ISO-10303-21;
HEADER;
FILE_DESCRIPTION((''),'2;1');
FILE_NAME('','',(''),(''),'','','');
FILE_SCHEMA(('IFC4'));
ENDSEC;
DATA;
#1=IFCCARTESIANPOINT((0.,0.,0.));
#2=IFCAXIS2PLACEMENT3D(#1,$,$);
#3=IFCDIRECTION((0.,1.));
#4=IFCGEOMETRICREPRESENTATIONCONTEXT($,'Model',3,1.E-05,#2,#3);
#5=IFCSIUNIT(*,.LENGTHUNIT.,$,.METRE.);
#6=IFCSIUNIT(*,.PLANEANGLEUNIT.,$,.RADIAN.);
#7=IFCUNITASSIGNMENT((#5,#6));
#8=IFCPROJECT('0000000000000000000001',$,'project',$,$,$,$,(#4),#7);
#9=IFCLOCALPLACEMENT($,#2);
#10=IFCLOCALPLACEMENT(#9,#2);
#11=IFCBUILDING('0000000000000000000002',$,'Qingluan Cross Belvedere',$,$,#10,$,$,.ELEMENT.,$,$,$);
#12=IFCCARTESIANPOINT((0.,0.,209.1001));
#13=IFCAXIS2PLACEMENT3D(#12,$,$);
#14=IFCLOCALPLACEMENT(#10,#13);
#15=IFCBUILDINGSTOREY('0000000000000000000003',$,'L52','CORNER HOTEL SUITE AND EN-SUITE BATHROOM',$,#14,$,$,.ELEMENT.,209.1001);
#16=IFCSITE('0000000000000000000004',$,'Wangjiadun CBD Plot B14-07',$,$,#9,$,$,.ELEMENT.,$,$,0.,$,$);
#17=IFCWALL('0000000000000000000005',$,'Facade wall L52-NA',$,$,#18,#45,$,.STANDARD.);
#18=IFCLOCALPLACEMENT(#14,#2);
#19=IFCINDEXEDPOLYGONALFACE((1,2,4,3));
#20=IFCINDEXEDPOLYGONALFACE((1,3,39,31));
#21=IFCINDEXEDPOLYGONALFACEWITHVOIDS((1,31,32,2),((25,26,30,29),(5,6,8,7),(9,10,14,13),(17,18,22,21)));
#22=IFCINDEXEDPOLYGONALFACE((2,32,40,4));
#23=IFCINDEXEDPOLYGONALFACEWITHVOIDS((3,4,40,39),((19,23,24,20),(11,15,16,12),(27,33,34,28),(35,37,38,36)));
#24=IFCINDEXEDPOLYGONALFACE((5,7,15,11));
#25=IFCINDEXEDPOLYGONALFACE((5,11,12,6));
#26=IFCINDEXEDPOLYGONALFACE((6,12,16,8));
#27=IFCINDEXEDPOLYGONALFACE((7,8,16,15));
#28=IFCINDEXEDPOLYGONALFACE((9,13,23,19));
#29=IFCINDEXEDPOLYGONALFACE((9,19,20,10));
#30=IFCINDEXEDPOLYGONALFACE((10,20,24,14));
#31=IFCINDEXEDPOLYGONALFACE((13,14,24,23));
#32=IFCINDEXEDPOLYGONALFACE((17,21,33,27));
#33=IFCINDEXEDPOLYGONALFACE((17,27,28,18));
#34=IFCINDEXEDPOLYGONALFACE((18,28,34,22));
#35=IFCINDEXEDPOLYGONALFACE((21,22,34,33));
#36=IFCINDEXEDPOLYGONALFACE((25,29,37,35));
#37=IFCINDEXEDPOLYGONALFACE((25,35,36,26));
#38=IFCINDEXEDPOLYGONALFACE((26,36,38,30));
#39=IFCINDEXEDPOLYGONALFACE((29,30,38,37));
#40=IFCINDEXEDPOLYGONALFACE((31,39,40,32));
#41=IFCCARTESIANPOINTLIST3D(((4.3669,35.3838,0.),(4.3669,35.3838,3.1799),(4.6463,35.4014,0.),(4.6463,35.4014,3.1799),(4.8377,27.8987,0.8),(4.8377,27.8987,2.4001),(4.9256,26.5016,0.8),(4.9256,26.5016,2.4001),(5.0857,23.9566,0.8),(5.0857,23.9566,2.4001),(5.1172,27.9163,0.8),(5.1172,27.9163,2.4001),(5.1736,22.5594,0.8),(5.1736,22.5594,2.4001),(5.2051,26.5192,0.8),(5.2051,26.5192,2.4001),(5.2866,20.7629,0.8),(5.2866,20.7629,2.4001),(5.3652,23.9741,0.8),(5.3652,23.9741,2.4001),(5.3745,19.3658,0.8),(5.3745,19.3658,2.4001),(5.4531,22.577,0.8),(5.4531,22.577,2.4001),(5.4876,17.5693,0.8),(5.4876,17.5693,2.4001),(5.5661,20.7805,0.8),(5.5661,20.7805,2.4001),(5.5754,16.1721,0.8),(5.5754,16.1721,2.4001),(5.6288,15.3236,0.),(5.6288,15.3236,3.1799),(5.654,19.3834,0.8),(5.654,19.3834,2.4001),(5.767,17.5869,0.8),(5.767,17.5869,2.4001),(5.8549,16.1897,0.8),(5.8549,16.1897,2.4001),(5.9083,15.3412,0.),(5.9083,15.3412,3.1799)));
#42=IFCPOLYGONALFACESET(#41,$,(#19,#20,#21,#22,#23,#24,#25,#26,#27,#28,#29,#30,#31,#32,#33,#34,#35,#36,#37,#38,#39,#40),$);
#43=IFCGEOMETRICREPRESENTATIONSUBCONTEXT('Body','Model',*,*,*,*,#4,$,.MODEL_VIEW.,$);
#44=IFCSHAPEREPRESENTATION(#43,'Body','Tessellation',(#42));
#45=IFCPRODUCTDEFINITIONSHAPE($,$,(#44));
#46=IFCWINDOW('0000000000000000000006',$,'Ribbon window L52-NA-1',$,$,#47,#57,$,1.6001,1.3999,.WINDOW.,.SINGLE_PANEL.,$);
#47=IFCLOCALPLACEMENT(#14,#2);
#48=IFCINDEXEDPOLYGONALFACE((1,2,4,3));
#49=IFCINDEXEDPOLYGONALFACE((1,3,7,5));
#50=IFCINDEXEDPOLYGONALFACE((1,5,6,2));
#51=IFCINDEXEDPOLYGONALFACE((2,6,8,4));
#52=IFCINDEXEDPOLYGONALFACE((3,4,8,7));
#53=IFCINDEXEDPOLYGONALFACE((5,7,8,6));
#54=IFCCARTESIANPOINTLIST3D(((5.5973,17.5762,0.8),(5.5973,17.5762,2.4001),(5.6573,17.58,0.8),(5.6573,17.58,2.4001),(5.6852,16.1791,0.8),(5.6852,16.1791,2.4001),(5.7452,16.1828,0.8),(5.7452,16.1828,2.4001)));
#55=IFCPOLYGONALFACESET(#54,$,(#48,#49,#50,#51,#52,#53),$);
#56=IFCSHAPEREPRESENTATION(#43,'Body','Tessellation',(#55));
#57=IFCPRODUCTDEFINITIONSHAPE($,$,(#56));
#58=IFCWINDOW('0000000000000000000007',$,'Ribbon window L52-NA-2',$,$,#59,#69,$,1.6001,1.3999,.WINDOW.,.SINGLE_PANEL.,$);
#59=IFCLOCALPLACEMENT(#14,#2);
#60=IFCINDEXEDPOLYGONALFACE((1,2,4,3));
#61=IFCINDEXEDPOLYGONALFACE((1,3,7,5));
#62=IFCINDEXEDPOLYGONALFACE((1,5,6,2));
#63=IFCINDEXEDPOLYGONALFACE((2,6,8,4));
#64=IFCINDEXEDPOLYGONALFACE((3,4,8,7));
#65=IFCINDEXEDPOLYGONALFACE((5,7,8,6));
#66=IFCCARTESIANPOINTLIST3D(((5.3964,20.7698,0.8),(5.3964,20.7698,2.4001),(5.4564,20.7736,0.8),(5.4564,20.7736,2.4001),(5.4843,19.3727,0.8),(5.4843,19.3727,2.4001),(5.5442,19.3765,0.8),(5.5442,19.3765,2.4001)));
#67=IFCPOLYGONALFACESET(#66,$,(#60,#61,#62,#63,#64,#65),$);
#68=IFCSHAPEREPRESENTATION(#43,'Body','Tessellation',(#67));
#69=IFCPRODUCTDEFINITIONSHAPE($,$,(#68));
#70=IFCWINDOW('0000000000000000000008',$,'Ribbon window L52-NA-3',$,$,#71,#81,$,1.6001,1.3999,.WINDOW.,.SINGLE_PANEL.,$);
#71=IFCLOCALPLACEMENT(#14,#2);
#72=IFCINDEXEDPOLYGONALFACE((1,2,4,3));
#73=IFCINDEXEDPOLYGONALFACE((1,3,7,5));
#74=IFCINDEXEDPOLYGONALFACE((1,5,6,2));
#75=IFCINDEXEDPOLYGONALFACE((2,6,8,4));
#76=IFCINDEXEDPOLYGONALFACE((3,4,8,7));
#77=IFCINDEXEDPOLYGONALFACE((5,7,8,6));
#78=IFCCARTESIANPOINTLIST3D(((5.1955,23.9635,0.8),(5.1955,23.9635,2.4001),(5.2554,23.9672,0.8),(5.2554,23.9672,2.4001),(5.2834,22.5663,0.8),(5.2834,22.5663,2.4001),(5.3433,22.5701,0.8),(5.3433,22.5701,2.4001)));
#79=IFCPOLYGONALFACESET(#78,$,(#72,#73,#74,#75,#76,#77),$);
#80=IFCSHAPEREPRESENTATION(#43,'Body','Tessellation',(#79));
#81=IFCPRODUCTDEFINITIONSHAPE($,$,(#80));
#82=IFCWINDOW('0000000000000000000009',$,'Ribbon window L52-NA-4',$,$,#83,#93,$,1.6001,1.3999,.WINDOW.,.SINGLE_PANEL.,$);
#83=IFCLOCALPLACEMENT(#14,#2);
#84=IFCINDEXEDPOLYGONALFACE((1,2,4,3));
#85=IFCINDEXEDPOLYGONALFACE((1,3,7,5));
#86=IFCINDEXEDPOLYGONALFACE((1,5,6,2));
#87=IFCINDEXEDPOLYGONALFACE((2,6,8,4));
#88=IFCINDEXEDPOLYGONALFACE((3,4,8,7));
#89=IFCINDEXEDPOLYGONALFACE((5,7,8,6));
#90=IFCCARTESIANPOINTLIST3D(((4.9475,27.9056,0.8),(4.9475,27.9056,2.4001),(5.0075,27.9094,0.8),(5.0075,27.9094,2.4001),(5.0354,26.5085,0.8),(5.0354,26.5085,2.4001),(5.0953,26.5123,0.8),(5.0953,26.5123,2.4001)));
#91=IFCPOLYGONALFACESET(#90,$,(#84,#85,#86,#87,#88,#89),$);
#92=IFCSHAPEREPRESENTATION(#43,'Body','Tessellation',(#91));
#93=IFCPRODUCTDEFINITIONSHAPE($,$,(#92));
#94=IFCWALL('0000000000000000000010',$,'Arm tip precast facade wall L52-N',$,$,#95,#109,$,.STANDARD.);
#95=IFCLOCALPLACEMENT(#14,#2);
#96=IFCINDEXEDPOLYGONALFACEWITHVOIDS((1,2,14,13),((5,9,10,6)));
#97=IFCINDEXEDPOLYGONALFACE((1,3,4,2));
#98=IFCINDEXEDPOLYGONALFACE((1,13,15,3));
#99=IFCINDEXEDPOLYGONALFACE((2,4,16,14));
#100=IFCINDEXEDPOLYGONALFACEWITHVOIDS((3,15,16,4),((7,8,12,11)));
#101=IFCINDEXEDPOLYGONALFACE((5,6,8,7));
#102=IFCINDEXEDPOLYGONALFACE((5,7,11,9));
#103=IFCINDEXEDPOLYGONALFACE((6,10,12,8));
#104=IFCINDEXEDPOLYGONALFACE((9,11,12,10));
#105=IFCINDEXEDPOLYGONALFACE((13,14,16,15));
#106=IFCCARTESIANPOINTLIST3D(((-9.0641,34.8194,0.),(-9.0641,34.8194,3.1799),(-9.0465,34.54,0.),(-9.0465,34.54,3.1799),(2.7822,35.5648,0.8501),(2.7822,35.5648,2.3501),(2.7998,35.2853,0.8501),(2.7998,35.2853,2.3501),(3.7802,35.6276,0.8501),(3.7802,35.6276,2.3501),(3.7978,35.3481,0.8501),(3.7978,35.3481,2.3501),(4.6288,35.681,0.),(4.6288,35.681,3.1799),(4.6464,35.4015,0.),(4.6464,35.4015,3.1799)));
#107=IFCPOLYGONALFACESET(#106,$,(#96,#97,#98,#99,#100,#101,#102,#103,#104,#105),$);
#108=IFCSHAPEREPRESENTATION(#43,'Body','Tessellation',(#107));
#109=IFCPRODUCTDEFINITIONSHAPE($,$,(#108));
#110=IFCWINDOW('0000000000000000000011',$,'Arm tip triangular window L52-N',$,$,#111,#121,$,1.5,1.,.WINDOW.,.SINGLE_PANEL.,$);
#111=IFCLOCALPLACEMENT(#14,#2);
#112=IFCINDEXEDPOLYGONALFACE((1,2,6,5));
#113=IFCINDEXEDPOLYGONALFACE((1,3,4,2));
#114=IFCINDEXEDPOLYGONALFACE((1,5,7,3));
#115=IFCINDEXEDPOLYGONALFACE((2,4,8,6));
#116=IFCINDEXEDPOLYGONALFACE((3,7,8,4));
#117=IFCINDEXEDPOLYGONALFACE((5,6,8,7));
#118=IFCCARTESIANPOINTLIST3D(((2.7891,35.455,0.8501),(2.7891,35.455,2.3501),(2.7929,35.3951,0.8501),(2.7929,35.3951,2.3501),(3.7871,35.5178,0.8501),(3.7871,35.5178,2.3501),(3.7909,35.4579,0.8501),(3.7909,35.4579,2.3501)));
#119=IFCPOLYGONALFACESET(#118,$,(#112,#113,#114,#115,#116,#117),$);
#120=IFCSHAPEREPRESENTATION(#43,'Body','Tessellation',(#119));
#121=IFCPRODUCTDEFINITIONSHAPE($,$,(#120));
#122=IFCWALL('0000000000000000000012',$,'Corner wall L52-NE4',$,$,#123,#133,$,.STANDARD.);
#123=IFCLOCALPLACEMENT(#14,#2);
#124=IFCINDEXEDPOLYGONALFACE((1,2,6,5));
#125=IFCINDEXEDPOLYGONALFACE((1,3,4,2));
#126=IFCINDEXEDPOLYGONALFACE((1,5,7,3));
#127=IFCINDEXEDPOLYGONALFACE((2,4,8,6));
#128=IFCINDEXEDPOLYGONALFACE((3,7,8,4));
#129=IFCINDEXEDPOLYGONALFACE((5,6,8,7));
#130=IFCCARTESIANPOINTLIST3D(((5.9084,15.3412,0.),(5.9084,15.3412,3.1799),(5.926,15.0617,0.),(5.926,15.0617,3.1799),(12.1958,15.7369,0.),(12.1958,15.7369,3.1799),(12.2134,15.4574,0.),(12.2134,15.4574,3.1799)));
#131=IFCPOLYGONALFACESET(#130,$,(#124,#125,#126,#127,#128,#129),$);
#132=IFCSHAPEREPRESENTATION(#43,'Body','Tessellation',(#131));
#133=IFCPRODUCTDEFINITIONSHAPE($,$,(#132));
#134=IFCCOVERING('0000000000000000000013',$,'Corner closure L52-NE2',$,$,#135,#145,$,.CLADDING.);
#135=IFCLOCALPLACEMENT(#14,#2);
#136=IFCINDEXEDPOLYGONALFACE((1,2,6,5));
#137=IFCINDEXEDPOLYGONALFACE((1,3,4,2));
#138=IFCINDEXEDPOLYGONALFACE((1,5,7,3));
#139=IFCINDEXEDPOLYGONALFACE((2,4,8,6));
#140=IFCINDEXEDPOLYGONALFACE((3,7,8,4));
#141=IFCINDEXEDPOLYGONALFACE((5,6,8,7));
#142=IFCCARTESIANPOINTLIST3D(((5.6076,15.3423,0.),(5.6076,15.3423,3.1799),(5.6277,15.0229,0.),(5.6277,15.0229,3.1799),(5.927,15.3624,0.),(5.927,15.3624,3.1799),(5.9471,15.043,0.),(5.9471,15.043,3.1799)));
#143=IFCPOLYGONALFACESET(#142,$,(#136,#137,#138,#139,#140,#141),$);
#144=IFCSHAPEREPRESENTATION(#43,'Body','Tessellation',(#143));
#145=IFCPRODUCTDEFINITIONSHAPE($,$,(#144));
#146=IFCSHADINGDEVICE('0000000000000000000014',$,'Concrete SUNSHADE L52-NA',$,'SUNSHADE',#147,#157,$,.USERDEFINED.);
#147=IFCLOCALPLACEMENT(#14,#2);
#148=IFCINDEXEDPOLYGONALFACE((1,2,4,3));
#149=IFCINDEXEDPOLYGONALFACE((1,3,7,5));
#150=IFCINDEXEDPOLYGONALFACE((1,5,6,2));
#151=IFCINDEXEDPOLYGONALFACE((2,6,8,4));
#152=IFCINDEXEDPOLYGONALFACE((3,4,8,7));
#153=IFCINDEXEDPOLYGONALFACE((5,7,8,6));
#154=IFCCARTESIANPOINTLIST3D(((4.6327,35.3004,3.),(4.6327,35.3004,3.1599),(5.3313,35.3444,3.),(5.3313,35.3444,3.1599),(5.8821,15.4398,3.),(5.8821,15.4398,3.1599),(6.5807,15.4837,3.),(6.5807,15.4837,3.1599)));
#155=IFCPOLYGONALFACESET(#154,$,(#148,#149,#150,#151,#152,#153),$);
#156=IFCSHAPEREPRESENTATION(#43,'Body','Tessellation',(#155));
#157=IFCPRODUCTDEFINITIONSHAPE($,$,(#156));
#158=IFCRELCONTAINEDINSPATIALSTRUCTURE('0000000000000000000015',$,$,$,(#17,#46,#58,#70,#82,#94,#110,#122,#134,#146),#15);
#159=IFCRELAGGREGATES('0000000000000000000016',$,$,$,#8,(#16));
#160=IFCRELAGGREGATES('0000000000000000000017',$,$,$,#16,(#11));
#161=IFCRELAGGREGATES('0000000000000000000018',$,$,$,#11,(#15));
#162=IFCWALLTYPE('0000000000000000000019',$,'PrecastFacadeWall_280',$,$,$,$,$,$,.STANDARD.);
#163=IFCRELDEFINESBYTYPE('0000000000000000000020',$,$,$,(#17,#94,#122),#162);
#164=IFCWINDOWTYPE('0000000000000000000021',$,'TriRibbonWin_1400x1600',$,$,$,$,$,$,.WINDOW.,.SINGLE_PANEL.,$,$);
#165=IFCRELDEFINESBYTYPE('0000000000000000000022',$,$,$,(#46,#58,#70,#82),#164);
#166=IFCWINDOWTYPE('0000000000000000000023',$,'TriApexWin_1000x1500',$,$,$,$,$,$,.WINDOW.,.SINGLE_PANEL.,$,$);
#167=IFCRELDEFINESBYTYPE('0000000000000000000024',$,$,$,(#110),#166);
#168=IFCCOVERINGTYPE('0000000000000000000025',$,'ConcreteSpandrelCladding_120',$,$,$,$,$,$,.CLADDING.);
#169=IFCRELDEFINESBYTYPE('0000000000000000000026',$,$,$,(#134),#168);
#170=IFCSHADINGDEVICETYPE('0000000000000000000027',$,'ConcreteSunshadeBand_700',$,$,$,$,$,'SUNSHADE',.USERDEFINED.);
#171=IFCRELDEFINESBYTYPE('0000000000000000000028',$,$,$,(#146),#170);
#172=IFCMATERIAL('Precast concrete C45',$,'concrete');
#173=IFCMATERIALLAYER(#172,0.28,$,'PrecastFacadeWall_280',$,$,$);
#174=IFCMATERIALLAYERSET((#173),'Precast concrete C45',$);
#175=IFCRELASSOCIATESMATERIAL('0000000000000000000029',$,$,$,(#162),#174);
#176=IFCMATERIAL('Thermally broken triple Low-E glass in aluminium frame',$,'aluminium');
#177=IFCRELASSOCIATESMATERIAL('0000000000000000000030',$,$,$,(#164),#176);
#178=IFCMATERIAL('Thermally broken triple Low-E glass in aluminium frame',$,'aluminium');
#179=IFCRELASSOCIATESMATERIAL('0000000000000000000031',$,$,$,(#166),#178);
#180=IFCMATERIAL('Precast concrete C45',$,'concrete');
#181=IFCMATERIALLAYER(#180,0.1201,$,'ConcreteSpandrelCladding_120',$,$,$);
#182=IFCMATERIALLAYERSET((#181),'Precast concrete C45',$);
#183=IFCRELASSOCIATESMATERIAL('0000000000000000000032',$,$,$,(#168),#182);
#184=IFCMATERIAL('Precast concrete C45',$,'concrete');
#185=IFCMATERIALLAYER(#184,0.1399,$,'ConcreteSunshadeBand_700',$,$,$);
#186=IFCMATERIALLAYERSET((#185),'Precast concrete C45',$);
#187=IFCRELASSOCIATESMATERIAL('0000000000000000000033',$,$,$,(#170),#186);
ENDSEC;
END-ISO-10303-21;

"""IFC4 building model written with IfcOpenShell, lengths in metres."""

from ifc_helpers import new_model, si_unit, direction, frame, frame_2d, origin, origin_2d, place, context, subcontext, project, spatial, rectangle, extrude, material, layer, layer_set, type_object, element, fill, save


model = new_model("IFC4")

# Units and contexts
model_context = context("Model", 3, precision=1e-05, world=origin(), true_north=direction((0.0, 1.0)))
body_context = subcontext(model_context, "Body", "Model", "MODEL_VIEW")
ifc_project = project(units=[si_unit("LENGTHUNIT", "METRE"), si_unit("PLANEANGLEUNIT", "RADIAN")], contexts=[model_context])

# Site, building, storey
site_placement = place(None, origin())
site = spatial("IfcSite", under=ifc_project, at=site_placement, Name="Wangjiadun CBD Plot B14-07", CompositionType="ELEMENT", RefElevation=0.0)
building_placement = place(site_placement, origin())
building = spatial("IfcBuilding", under=site, at=building_placement, Name="Qingluan Cross Belvedere", CompositionType="ELEMENT")
storey_placement = place(building_placement, frame((0.0, 0.0, 209.1001)))
storey = spatial("IfcBuildingStorey", under=building, at=storey_placement, Name="L52", Description="CORNER HOTEL SUITE AND EN-SUITE BATHROOM", CompositionType="ELEMENT", Elevation=209.1001)

# Wall, openings, windows
ifc_material_1 = material(Name="Precast concrete C45", Category="concrete")
ifc_layer_1 = layer(ifc_material_1, 0.28, Name="PrecastFacadeWall_280")
ifc_layer_set_1 = layer_set([ifc_layer_1], Name="Precast concrete C45")
wall_type_1 = type_object("IfcWallType", Name="PrecastFacadeWall_280", PredefinedType="STANDARD", material=ifc_layer_set_1)
wall_1_placement = place(storey_placement, frame((5.7686, 15.3325, 0.0), z_axis=(0.0, 0.0, 1.0), x_axis=(-0.062784, 0.998027, 0.0)))
wall_1 = element("IfcWall", 1, at=wall_1_placement, inside=storey, type_object=wall_type_1, Name="Facade wall L52-NA", PredefinedType="STANDARD", context=body_context, shape_type="SweptSolid", body=[
    extrude(rectangle(XDim=20.0999, YDim=0.28, at=frame_2d((10.0498, 0.0))), origin(), (0.0, 0.0, 1.0), 3.1799),
])
opening_1_placement = place(wall_1_placement, frame((0.8501, 0.0, 0.8)))
opening_1 = element("IfcOpeningElement", 2, at=opening_1_placement, cuts=wall_1, PredefinedType="OPENING", context=body_context, shape_type="SweptSolid", body=[
    extrude(rectangle(XDim=1.3999, YDim=1.6001, at=frame_2d((0.7, 0.8))), frame((0.0, 0.1499, 0.0), z_axis=(0.0, -1.0, 0.0), x_axis=(1.0, 0.0, 0.0)), (0.0, 0.0, 1.0), 0.3),
])
opening_2_placement = place(wall_1_placement, frame((4.05, 0.0, 0.8)))
opening_2 = element("IfcOpeningElement", 3, at=opening_2_placement, cuts=wall_1, PredefinedType="OPENING", context=body_context, shape_type="SweptSolid", body=[
    extrude(rectangle(XDim=1.3999, YDim=1.6001, at=frame_2d((0.7, 0.8))), frame((0.0, 0.1499, 0.0), z_axis=(0.0, -1.0, 0.0), x_axis=(1.0, 0.0, 0.0)), (0.0, 0.0, 1.0), 0.3),
])
opening_3_placement = place(wall_1_placement, frame((7.25, 0.0, 0.8)))
opening_3 = element("IfcOpeningElement", 4, at=opening_3_placement, cuts=wall_1, PredefinedType="OPENING", context=body_context, shape_type="SweptSolid", body=[
    extrude(rectangle(XDim=1.3999, YDim=1.6001, at=frame_2d((0.7, 0.8))), frame((0.0, 0.1499, 0.0), z_axis=(0.0, -1.0, 0.0), x_axis=(1.0, 0.0, 0.0)), (0.0, 0.0, 1.0), 0.3),
])
opening_4_placement = place(wall_1_placement, frame((11.2, 0.0, 0.8)))
opening_4 = element("IfcOpeningElement", 5, at=opening_4_placement, cuts=wall_1, PredefinedType="OPENING", context=body_context, shape_type="SweptSolid", body=[
    extrude(rectangle(XDim=1.3999, YDim=1.6001, at=frame_2d((0.7, 0.8))), frame((0.0, 0.1499, 0.0), z_axis=(0.0, -1.0, 0.0), x_axis=(1.0, 0.0, 0.0)), (0.0, 0.0, 1.0), 0.3),
])
ifc_material_2 = material(Name="Thermally broken triple Low-E glass in aluminium frame", Category="aluminium")
window_type_1 = type_object("IfcWindowType", Name="TriRibbonWin_1400x1600", PartitioningType="SINGLE_PANEL", PredefinedType="WINDOW", material=ifc_material_2)
window_1_placement = place(opening_1_placement, origin())
window_1 = element("IfcWindow", 6, at=window_1_placement, inside=storey, type_object=window_type_1, Name="Ribbon window L52-NA-1", OverallHeight=1.6001, OverallWidth=1.3999, PartitioningType="SINGLE_PANEL", PredefinedType="WINDOW", context=body_context, shape_type="SweptSolid", body=[
    extrude(rectangle(XDim=1.3999, YDim=1.6001, at=frame_2d((0.7, 0.8))), frame((0.0, 0.03, 0.0), z_axis=(0.0, -1.0, 0.0), x_axis=(1.0, 0.0, 0.0)), (0.0, 0.0, 1.0), 0.0601),
])
fill(opening_1, window_1)
window_2_placement = place(opening_2_placement, origin())
window_2 = element("IfcWindow", 7, at=window_2_placement, inside=storey, type_object=window_type_1, Name="Ribbon window L52-NA-2", OverallHeight=1.6001, OverallWidth=1.3999, PartitioningType="SINGLE_PANEL", PredefinedType="WINDOW", context=body_context, shape_type="SweptSolid", body=[
    extrude(rectangle(XDim=1.3999, YDim=1.6001, at=frame_2d((0.7, 0.8))), frame((0.0, 0.03, 0.0), z_axis=(0.0, -1.0, 0.0), x_axis=(1.0, 0.0, 0.0)), (0.0, 0.0, 1.0), 0.0601),
])
fill(opening_2, window_2)
window_3_placement = place(opening_3_placement, origin())
window_3 = element("IfcWindow", 8, at=window_3_placement, inside=storey, type_object=window_type_1, Name="Ribbon window L52-NA-3", OverallHeight=1.6001, OverallWidth=1.3999, PartitioningType="SINGLE_PANEL", PredefinedType="WINDOW", context=body_context, shape_type="SweptSolid", body=[
    extrude(rectangle(XDim=1.3999, YDim=1.6001, at=frame_2d((0.7, 0.8))), frame((0.0, 0.03, 0.0), z_axis=(0.0, -1.0, 0.0), x_axis=(1.0, 0.0, 0.0)), (0.0, 0.0, 1.0), 0.0601),
])
fill(opening_3, window_3)
window_4_placement = place(opening_4_placement, origin())
window_4 = element("IfcWindow", 9, at=window_4_placement, inside=storey, type_object=window_type_1, Name="Ribbon window L52-NA-4", OverallHeight=1.6001, OverallWidth=1.3999, PartitioningType="SINGLE_PANEL", PredefinedType="WINDOW", context=body_context, shape_type="SweptSolid", body=[
    extrude(rectangle(XDim=1.3999, YDim=1.6001, at=frame_2d((0.7, 0.8))), frame((0.0, 0.03, 0.0), z_axis=(0.0, -1.0, 0.0), x_axis=(1.0, 0.0, 0.0)), (0.0, 0.0, 1.0), 0.0601),
])
fill(opening_4, window_4)

# Wall, opening, window
wall_2_placement = place(storey_placement, frame((4.6375, 35.5413, 0.0), z_axis=(0.0, 0.0, 1.0), x_axis=(-0.998026, -0.062797, 0.0)))
wall_2 = element("IfcWall", 10, at=wall_2_placement, inside=storey, type_object=wall_type_1, Name="Arm tip precast facade wall L52-N", PredefinedType="STANDARD", context=body_context, shape_type="SweptSolid", body=[
    extrude(rectangle(XDim=13.72, YDim=0.28, at=frame_2d((6.8599, 0.0))), origin(), (0.0, 0.0, 1.0), 3.1799),
])
opening_5_placement = place(wall_2_placement, frame((0.8501, 0.0, 0.8501)))
opening_5 = element("IfcOpeningElement", 11, at=opening_5_placement, cuts=wall_2, PredefinedType="OPENING", context=body_context, shape_type="SweptSolid", body=[
    extrude(rectangle(XDim=1.0, YDim=1.5, at=frame_2d((0.5, 0.75))), frame((0.0, 0.1499, 0.0), z_axis=(0.0, -1.0, 0.0), x_axis=(1.0, 0.0, 0.0)), (0.0, 0.0, 1.0), 0.3),
])
ifc_material_3 = material(Name="Thermally broken triple Low-E glass in aluminium frame", Category="aluminium")
window_type_2 = type_object("IfcWindowType", Name="TriApexWin_1000x1500", PartitioningType="SINGLE_PANEL", PredefinedType="WINDOW", material=ifc_material_3)
window_5_placement = place(opening_5_placement, origin())
window_5 = element("IfcWindow", 12, at=window_5_placement, inside=storey, type_object=window_type_2, Name="Arm tip triangular window L52-N", OverallHeight=1.5, OverallWidth=1.0, PartitioningType="SINGLE_PANEL", PredefinedType="WINDOW", context=body_context, shape_type="SweptSolid", body=[
    extrude(rectangle(XDim=1.0, YDim=1.5, at=frame_2d((0.5, 0.75))), frame((0.0, 0.03, 0.0), z_axis=(0.0, -1.0, 0.0), x_axis=(1.0, 0.0, 0.0)), (0.0, 0.0, 1.0), 0.0601),
])
fill(opening_5, window_5)

# Wall
wall_3_placement = place(storey_placement, frame((12.2046, 15.5972, 0.0), z_axis=(0.0, 0.0, 1.0), x_axis=(-0.998025, -0.06282, 0.0)))
element("IfcWall", 13, at=wall_3_placement, inside=storey, type_object=wall_type_1, Name="Corner wall L52-NE4", PredefinedType="STANDARD", context=body_context, shape_type="SweptSolid", body=[
    extrude(rectangle(XDim=6.2998, YDim=0.28, at=frame_2d((3.1499, 0.0))), origin(), (0.0, 0.0, 1.0), 3.1799),
])

# Covering
ifc_material_4 = material(Name="Precast concrete C45", Category="concrete")
ifc_layer_2 = layer(ifc_material_4, 0.1201, Name="ConcreteSpandrelCladding_120")
ifc_layer_set_2 = layer_set([ifc_layer_2], Name="Precast concrete C45")
covering_type = type_object("IfcCoveringType", Name="ConcreteSpandrelCladding_120", PredefinedType="CLADDING", material=ifc_layer_set_2)
covering_placement = place(storey_placement, frame((5.7773, 15.1926, 0.0), z_axis=(0.0, 0.0, 1.0), x_axis=(0.998027, 0.062791, 0.0)))
element("IfcCovering", 14, at=covering_placement, inside=storey, type_object=covering_type, Name="Corner closure L52-NE2", PredefinedType="CLADDING", context=body_context, shape_type="SweptSolid", body=[
    extrude(rectangle(XDim=0.3201, YDim=0.3201, at=origin_2d()), origin(), (0.0, 0.0, 1.0), 3.1799),
])

# Shading device
ifc_material_5 = material(Name="Precast concrete C45", Category="concrete")
ifc_layer_3 = layer(ifc_material_5, 0.1399, Name="ConcreteSunshadeBand_700")
ifc_layer_set_3 = layer_set([ifc_layer_3], Name="Precast concrete C45")
shading_device_type = type_object("IfcShadingDeviceType", Name="ConcreteSunshadeBand_700", ElementType="SUNSHADE", PredefinedType="USERDEFINED", material=ifc_layer_set_3)
shading_device_placement = place(storey_placement, frame((5.6067, 25.3921, 3.0), z_axis=(0.0, 0.0, 1.0), x_axis=(-0.062786, 0.998027, 0.0)))
element("IfcShadingDevice", 15, at=shading_device_placement, inside=storey, type_object=shading_device_type, Name="Concrete SUNSHADE L52-NA", ObjectType="SUNSHADE", PredefinedType="USERDEFINED", context=body_context, shape_type="SweptSolid", body=[
    extrude(rectangle(XDim=19.8999, YDim=0.7, at=origin_2d()), origin(), (0.0, 0.0, 1.0), 0.1599),
])

save(model, "model.ifc")
